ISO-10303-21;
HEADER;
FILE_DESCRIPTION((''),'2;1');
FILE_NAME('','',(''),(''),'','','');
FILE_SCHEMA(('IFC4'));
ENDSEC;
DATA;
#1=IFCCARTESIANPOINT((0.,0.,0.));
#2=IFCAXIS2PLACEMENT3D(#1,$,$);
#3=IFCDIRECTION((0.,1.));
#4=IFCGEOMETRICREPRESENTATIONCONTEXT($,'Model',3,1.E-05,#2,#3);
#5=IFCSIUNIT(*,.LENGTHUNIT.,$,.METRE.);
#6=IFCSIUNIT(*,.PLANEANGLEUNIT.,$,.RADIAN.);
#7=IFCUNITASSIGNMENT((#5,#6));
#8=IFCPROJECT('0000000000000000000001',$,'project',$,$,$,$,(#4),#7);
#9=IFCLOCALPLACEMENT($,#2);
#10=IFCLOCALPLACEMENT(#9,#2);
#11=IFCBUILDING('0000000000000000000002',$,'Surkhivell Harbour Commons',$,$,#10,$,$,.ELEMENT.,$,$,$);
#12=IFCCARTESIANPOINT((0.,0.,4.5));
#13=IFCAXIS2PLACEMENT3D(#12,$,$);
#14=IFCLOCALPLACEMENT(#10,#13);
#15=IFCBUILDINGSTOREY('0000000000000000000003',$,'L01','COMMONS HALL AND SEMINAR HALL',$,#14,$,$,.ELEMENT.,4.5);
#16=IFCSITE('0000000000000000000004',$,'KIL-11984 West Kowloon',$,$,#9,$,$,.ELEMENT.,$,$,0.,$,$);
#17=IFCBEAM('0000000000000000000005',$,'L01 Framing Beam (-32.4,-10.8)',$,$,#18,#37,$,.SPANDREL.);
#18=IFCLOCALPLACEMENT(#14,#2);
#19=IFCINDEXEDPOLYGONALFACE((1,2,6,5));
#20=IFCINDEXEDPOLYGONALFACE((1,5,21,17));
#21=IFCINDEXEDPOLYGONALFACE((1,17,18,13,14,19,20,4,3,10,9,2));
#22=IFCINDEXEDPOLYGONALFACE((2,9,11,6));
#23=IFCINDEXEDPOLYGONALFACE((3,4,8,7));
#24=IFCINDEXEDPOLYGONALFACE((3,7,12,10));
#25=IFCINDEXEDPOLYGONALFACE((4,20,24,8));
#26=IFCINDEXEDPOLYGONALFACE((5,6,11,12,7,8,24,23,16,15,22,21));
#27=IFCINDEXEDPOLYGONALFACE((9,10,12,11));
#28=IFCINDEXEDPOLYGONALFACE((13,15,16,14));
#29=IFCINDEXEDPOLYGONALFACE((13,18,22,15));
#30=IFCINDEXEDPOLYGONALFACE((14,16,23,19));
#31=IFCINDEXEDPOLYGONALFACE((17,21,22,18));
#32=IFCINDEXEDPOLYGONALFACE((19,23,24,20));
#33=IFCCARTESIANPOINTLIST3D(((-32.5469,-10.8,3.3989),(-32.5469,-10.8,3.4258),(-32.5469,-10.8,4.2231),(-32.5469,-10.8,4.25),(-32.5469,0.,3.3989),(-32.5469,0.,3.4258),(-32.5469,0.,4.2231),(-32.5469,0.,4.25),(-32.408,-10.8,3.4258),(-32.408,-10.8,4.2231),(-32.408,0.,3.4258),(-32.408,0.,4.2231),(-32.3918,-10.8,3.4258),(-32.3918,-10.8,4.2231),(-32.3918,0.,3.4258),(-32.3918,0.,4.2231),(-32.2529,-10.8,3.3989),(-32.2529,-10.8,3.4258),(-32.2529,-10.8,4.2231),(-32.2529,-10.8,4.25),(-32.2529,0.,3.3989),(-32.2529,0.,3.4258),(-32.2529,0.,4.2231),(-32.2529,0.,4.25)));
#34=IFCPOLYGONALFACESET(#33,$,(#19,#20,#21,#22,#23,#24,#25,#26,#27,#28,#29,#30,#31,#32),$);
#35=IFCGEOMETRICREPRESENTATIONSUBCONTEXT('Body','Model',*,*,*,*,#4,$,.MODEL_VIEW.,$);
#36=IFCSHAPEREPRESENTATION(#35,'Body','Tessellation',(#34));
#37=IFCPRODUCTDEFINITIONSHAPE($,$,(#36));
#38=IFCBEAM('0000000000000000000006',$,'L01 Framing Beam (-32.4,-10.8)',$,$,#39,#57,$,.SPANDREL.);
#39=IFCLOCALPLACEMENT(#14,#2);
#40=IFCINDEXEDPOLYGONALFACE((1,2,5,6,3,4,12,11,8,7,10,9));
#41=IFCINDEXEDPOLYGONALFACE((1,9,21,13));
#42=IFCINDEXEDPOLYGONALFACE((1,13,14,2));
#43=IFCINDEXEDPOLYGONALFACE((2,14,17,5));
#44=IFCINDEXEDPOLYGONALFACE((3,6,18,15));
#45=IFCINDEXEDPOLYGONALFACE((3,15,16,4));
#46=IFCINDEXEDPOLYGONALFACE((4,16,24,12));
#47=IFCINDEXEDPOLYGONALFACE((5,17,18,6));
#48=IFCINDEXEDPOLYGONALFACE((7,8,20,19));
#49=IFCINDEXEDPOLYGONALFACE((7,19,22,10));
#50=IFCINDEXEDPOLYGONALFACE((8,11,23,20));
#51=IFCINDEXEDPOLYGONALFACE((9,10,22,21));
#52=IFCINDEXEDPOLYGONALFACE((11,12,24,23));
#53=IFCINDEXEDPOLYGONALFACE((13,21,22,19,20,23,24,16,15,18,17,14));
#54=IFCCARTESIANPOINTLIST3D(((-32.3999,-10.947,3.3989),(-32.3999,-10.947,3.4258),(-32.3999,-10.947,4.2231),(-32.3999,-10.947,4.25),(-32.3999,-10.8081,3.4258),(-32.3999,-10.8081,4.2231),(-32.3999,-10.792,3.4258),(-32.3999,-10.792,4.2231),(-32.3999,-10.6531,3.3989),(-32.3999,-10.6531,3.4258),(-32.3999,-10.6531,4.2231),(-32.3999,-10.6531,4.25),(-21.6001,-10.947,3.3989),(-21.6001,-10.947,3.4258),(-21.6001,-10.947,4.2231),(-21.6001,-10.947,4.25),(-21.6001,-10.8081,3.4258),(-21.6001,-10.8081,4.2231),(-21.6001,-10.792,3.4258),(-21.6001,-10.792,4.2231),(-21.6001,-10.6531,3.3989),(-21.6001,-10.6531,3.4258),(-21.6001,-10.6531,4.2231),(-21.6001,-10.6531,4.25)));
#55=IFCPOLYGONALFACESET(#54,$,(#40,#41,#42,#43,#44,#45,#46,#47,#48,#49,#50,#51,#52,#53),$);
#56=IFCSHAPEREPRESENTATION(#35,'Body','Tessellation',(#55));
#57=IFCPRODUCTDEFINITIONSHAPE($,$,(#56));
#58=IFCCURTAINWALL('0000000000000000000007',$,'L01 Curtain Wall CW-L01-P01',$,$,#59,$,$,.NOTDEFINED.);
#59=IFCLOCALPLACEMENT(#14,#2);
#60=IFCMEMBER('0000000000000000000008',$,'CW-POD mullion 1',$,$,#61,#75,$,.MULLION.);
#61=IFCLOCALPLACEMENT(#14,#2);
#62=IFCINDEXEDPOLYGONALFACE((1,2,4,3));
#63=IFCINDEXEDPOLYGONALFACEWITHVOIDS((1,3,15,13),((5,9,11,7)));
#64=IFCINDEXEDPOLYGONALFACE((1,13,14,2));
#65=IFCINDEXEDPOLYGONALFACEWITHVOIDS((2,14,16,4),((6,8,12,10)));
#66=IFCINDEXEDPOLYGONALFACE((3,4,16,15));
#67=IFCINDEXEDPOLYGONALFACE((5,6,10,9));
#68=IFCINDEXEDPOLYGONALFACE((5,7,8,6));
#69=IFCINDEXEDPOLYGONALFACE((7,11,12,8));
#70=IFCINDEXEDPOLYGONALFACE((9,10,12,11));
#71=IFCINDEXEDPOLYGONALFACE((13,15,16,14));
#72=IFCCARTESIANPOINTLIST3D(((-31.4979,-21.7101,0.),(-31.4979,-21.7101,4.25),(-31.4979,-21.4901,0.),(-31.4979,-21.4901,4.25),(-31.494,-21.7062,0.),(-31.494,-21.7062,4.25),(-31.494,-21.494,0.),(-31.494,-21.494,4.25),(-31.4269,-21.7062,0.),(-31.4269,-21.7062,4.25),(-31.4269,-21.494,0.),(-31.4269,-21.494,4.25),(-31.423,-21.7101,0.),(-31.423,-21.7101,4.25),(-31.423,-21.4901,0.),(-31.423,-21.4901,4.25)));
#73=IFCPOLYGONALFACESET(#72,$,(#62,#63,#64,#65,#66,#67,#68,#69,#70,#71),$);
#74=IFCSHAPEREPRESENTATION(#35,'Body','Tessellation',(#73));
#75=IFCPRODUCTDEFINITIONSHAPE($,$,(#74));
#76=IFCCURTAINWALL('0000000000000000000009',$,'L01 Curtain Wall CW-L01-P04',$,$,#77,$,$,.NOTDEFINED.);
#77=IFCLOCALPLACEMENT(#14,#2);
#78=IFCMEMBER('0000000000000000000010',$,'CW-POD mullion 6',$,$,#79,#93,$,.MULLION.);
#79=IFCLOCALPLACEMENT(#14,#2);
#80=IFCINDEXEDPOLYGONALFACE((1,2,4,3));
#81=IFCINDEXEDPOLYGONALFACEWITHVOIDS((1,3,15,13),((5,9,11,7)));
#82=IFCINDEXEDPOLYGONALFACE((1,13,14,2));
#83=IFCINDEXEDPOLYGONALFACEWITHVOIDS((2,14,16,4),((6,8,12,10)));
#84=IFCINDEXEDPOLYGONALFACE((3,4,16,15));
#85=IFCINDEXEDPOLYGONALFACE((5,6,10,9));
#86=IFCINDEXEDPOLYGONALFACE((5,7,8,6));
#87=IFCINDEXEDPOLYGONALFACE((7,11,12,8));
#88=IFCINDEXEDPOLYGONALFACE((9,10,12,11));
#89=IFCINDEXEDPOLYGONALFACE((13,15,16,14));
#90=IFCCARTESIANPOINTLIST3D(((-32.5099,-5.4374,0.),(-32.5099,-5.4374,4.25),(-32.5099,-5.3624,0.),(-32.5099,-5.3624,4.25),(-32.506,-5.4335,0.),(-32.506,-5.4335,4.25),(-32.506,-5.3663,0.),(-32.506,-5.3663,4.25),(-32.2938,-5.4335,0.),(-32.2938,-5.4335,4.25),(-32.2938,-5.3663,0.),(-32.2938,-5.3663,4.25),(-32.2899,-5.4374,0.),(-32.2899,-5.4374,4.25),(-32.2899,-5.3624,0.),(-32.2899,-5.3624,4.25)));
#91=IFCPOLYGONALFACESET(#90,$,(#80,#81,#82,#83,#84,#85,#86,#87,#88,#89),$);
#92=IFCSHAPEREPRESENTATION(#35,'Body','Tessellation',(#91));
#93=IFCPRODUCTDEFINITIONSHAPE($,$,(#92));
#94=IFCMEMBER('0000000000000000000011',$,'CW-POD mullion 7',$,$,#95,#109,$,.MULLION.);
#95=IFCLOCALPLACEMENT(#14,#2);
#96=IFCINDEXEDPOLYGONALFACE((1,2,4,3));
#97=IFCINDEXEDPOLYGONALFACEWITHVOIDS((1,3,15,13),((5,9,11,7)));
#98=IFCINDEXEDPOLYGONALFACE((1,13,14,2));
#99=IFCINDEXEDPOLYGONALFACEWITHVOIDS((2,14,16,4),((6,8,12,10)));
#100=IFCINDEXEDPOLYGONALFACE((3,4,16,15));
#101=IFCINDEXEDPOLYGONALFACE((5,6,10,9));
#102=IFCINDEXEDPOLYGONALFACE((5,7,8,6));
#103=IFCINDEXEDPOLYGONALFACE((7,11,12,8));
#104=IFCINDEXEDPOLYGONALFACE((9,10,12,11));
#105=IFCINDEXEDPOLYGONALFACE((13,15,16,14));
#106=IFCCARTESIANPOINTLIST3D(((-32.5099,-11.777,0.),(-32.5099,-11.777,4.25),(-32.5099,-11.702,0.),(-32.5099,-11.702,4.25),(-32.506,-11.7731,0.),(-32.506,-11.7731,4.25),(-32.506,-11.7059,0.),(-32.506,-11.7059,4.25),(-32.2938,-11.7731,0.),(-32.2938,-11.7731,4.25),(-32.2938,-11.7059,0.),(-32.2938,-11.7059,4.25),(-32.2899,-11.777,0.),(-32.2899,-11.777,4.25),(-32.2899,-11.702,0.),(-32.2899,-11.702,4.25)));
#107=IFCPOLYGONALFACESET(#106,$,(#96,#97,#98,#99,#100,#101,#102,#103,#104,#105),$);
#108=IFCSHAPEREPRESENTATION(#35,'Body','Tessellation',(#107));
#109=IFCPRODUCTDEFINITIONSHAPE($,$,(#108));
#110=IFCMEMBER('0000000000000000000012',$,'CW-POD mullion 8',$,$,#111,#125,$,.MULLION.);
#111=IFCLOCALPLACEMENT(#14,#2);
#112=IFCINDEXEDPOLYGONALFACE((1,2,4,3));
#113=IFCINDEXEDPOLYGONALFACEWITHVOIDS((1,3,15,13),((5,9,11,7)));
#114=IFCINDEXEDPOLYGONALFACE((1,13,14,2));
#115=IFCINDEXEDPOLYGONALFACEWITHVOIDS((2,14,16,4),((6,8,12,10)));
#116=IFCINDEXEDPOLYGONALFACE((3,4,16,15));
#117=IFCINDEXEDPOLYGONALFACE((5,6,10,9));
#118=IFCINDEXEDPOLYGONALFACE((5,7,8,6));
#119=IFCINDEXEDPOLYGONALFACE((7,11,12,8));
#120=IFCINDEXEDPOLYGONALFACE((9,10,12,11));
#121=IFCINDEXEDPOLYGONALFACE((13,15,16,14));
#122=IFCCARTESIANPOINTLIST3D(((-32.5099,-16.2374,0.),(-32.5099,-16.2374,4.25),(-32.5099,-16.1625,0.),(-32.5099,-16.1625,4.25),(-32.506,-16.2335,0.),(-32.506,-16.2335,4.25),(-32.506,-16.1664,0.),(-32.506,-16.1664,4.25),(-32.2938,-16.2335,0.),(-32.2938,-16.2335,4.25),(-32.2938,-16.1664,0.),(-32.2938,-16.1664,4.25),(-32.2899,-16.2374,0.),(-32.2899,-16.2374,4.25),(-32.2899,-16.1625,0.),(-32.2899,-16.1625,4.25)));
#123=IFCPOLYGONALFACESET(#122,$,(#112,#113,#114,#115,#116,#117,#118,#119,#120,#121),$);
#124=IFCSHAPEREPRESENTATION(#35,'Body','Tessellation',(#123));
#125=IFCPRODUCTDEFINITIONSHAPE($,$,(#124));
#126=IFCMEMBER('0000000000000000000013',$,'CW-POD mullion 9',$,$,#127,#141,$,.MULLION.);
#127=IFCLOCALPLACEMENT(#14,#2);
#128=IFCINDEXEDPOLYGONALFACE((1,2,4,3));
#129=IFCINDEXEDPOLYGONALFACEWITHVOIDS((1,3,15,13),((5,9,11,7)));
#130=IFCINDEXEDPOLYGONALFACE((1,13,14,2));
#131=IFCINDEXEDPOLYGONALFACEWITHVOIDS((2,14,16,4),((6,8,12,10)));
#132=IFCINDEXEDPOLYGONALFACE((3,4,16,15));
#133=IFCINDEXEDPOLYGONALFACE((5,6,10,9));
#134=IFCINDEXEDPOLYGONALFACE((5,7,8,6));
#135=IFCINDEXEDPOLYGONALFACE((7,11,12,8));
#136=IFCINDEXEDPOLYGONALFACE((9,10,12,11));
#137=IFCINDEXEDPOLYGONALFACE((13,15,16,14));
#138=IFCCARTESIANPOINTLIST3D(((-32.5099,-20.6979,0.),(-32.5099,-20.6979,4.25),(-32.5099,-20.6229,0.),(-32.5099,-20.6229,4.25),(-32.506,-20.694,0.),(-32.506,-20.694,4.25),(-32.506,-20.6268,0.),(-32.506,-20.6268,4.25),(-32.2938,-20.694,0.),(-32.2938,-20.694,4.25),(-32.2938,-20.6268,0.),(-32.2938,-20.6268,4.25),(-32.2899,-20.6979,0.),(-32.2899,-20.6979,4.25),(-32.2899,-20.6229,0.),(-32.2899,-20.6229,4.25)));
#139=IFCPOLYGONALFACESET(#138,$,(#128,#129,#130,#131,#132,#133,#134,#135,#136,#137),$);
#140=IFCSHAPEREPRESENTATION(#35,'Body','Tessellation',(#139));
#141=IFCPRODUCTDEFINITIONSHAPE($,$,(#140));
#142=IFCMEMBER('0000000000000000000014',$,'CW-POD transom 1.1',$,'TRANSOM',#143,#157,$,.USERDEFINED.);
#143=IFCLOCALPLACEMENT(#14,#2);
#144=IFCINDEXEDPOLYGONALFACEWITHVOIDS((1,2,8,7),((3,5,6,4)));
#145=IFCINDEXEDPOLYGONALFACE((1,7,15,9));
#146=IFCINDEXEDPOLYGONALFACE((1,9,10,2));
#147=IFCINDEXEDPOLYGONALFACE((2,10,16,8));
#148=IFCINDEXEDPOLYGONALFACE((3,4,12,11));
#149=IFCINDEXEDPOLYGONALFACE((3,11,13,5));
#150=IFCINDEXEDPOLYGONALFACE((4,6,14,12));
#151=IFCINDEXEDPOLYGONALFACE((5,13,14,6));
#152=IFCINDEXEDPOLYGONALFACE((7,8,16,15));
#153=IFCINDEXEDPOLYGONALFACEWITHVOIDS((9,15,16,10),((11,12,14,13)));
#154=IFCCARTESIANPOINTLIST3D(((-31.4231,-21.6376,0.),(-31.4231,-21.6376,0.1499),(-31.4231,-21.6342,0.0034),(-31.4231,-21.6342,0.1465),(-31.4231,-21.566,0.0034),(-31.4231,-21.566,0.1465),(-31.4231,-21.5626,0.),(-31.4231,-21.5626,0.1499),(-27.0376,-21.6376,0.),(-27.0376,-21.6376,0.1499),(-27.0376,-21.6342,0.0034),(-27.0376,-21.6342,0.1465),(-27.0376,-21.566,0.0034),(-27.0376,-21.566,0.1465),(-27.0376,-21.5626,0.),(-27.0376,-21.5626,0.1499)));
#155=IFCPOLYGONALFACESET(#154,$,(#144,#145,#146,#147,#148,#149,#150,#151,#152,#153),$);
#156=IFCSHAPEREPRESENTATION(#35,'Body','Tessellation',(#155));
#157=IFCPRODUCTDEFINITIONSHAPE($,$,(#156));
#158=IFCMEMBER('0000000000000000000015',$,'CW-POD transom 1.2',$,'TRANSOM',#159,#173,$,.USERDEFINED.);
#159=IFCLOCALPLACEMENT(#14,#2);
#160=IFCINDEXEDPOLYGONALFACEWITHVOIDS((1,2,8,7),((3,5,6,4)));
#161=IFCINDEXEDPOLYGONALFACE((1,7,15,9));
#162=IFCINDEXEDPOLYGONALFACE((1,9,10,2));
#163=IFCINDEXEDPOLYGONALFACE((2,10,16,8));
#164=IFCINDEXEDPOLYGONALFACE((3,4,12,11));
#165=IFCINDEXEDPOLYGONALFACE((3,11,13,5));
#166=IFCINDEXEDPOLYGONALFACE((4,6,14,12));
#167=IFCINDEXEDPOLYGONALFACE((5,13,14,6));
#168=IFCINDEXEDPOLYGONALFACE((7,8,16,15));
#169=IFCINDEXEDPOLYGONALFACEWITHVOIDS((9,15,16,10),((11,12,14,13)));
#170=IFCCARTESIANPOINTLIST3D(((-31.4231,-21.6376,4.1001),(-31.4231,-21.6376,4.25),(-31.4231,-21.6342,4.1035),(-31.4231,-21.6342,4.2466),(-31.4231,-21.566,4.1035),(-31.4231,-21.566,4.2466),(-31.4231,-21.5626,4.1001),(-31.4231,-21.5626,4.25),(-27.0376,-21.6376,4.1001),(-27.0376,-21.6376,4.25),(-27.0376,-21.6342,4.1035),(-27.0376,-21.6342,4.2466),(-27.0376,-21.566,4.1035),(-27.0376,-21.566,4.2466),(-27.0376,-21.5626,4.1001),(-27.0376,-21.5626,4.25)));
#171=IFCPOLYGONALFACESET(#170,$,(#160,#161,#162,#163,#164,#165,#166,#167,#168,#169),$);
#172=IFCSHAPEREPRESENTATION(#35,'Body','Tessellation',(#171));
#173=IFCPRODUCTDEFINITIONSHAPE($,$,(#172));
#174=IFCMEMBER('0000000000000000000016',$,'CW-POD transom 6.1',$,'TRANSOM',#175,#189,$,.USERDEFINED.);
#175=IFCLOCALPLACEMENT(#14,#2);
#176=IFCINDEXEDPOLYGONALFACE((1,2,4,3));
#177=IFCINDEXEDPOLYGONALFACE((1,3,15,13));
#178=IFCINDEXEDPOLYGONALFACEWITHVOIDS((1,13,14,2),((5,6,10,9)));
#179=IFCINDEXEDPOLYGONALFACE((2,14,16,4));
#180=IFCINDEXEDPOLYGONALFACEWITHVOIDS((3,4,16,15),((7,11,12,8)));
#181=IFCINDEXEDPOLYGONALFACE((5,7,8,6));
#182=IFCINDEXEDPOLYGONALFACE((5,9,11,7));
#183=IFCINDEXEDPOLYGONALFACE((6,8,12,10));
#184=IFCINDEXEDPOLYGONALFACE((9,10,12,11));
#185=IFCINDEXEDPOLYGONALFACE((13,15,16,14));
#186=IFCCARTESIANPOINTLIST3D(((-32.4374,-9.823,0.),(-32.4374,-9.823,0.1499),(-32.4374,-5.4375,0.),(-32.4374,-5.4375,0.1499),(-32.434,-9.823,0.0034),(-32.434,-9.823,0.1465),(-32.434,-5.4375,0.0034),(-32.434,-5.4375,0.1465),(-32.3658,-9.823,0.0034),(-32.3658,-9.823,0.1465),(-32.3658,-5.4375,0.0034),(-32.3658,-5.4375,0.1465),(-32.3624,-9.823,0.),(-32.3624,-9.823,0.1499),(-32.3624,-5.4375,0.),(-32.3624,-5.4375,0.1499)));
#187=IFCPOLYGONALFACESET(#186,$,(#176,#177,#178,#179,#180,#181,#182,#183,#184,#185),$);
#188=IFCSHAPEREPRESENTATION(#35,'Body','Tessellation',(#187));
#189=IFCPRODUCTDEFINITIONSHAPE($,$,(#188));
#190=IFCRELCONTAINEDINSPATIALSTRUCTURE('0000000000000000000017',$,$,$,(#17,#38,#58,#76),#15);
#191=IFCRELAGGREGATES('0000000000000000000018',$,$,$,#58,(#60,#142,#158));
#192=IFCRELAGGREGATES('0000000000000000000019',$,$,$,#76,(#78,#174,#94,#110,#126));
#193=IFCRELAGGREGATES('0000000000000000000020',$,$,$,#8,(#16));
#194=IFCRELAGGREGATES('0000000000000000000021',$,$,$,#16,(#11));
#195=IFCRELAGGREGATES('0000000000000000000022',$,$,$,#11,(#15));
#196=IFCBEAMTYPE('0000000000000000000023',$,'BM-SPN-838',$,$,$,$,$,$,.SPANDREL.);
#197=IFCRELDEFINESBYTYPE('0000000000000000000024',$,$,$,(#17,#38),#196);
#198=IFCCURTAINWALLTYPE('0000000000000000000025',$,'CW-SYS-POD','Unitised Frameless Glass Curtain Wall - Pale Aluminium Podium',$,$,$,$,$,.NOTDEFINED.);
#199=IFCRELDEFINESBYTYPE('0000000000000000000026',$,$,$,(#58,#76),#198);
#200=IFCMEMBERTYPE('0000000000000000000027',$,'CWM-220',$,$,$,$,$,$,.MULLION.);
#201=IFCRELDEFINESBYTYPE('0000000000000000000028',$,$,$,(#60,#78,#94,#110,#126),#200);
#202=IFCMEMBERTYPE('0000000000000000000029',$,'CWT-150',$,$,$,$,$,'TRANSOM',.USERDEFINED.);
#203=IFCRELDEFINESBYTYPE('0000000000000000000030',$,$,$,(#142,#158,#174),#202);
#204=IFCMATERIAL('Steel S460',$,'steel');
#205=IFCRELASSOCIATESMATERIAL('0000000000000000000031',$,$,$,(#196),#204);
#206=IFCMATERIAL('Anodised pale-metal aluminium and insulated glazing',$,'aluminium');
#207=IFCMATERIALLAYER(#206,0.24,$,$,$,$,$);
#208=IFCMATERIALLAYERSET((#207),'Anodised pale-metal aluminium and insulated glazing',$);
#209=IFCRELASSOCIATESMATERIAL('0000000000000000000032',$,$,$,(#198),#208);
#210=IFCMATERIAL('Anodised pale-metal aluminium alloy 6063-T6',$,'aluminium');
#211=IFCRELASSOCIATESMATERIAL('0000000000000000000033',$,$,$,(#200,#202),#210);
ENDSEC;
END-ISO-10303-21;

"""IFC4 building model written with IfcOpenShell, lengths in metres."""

from ifc_helpers import new_model, si_unit, direction, frame, origin, origin_2d, place, context, subcontext, project, spatial, hollow_rectangle, i_section, extrude, material, layer, layer_set, material_profile, profile_set, type_object, element, aggregate, save


model = new_model("IFC4")

# Units and contexts
model_context = context("Model", 3, precision=1e-05, world=origin(), true_north=direction((0.0, 1.0)))
body_context = subcontext(model_context, "Body", "Model", "MODEL_VIEW")
ifc_project = project(units=[si_unit("LENGTHUNIT", "METRE"), si_unit("PLANEANGLEUNIT", "RADIAN")], contexts=[model_context])

# Site, building, storey
site_placement = place(None, origin())
site = spatial("IfcSite", under=ifc_project, at=site_placement, Name="KIL-11984 West Kowloon", CompositionType="ELEMENT", RefElevation=0.0)
building_placement = place(site_placement, origin())
building = spatial("IfcBuilding", under=site, at=building_placement, Name="Surkhivell Harbour Commons", CompositionType="ELEMENT")
storey_placement = place(building_placement, frame((0.0, 0.0, 4.5)))
storey = spatial("IfcBuildingStorey", under=building, at=storey_placement, Name="L01", Description="COMMONS HALL AND SEMINAR HALL", CompositionType="ELEMENT", Elevation=4.5)

# Beams
ifc_material_1 = material(Name="Steel S460", Category="steel")
ifc_material_profile_1 = material_profile(ifc_material_1, i_section(OverallWidth=0.2939, OverallDepth=0.8511, WebThickness=0.0161, FlangeThickness=0.0269, at=origin_2d()), Name="UB838x292x226")
ifc_profile_set_1 = profile_set([ifc_material_profile_1], Name="Steel S460")
beam_type = type_object("IfcBeamType", Name="BM-SPN-838", PredefinedType="SPANDREL", material=ifc_profile_set_1)
beam_1_placement = place(storey_placement, frame((-32.3999, -10.8, 3.8245), z_axis=(0.0, 1.0, 0.0), x_axis=(-1.0, 0.0, 0.0)))
element("IfcBeam", 1, at=beam_1_placement, inside=storey, type_object=beam_type, Name="L01 Framing Beam (-32.4,-10.8)", PredefinedType="SPANDREL", context=body_context, shape_type="SweptSolid", body=[
    extrude(i_section(OverallWidth=0.2939, OverallDepth=0.8511, WebThickness=0.0161, FlangeThickness=0.0269, at=origin_2d()), origin(), (0.0, 0.0, 1.0), 10.8),
])
beam_2_placement = place(storey_placement, frame((-32.3999, -10.8, 3.8245), z_axis=(1.0, 0.0, 0.0), x_axis=(0.0, 1.0, 0.0)))
element("IfcBeam", 2, at=beam_2_placement, inside=storey, type_object=beam_type, Name="L01 Framing Beam (-32.4,-10.8)", PredefinedType="SPANDREL", context=body_context, shape_type="SweptSolid", body=[
    extrude(i_section(OverallWidth=0.2939, OverallDepth=0.8511, WebThickness=0.0161, FlangeThickness=0.0269, at=origin_2d()), origin(), (0.0, 0.0, 1.0), 10.7998),
])

# Curtain wall, member
ifc_material_2 = material(Name="Anodised pale-metal aluminium and insulated glazing", Category="aluminium")
ifc_layer_1 = layer(ifc_material_2, 0.24)
ifc_layer_set_1 = layer_set([ifc_layer_1], Name="Anodised pale-metal aluminium and insulated glazing")
curtain_wall_type = type_object("IfcCurtainWallType", Name="CW-SYS-POD", Description="Unitised Frameless Glass Curtain Wall - Pale Aluminium Podium", PredefinedType="NOTDEFINED", material=ifc_layer_set_1)
curtain_wall_1_placement = place(storey_placement, origin())
curtain_wall_1 = element("IfcCurtainWall", 3, at=curtain_wall_1_placement, inside=storey, type_object=curtain_wall_type, Name="L01 Curtain Wall CW-L01-P01", PredefinedType="NOTDEFINED")
ifc_material_3 = material(Name="Anodised pale-metal aluminium alloy 6063-T6", Category="aluminium")
ifc_material_profile_2 = material_profile(ifc_material_3, hollow_rectangle(XDim=0.075, YDim=0.22, WallThickness=0.0039, at=origin_2d()), Name="ALU-MULL-75x220")
ifc_profile_set_2 = profile_set([ifc_material_profile_2], Name="Anodised pale-metal aluminium alloy 6063-T6")
member_type_1 = type_object("IfcMemberType", Name="CWM-220", PredefinedType="MULLION", material=ifc_profile_set_2)
member_1_placement = place(storey_placement, frame((-31.4604, -21.6001, 0.0), z_axis=(0.0, 0.0, 1.0), x_axis=(1.0, 0.0, 0.0)))
member_1 = element("IfcMember", 4, at=member_1_placement, type_object=member_type_1, Name="CW-POD mullion 1", PredefinedType="MULLION", context=body_context, shape_type="SweptSolid", body=[
    extrude(hollow_rectangle(XDim=0.075, YDim=0.22, WallThickness=0.0039, at=origin_2d()), origin(), (0.0, 0.0, 1.0), 4.25),
])

# Curtain wall, members
curtain_wall_2_placement = place(storey_placement, origin())
curtain_wall_2 = element("IfcCurtainWall", 5, at=curtain_wall_2_placement, inside=storey, type_object=curtain_wall_type, Name="L01 Curtain Wall CW-L01-P04", PredefinedType="NOTDEFINED")
member_2_placement = place(storey_placement, frame((-32.3999, -5.3999, 0.0), z_axis=(0.0, 0.0, 1.0), x_axis=(0.0, -1.0, 0.0)))
member_2 = element("IfcMember", 6, at=member_2_placement, type_object=member_type_1, Name="CW-POD mullion 6", PredefinedType="MULLION", context=body_context, shape_type="SweptSolid", body=[
    extrude(hollow_rectangle(XDim=0.075, YDim=0.22, WallThickness=0.0039, at=origin_2d()), origin(), (0.0, 0.0, 1.0), 4.25),
])
member_3_placement = place(storey_placement, frame((-32.3999, -11.7395, 0.0), z_axis=(0.0, 0.0, 1.0), x_axis=(0.0, -1.0, 0.0)))
member_3 = element("IfcMember", 7, at=member_3_placement, type_object=member_type_1, Name="CW-POD mullion 7", PredefinedType="MULLION", context=body_context, shape_type="SweptSolid", body=[
    extrude(hollow_rectangle(XDim=0.075, YDim=0.22, WallThickness=0.0039, at=origin_2d()), origin(), (0.0, 0.0, 1.0), 4.25),
])
member_4_placement = place(storey_placement, frame((-32.3999, -16.2, 0.0), z_axis=(0.0, 0.0, 1.0), x_axis=(0.0, -1.0, 0.0)))
member_4 = element("IfcMember", 8, at=member_4_placement, type_object=member_type_1, Name="CW-POD mullion 8", PredefinedType="MULLION", context=body_context, shape_type="SweptSolid", body=[
    extrude(hollow_rectangle(XDim=0.075, YDim=0.22, WallThickness=0.0039, at=origin_2d()), origin(), (0.0, 0.0, 1.0), 4.25),
])
member_5_placement = place(storey_placement, frame((-32.3999, -20.6604, 0.0), z_axis=(0.0, 0.0, 1.0), x_axis=(0.0, -1.0, 0.0)))
member_5 = element("IfcMember", 9, at=member_5_placement, type_object=member_type_1, Name="CW-POD mullion 9", PredefinedType="MULLION", context=body_context, shape_type="SweptSolid", body=[
    extrude(hollow_rectangle(XDim=0.075, YDim=0.22, WallThickness=0.0039, at=origin_2d()), origin(), (0.0, 0.0, 1.0), 4.25),
])

# Members
ifc_material_profile_3 = material_profile(ifc_material_3, hollow_rectangle(XDim=0.075, YDim=0.1499, WallThickness=0.0034, at=origin_2d()), Name="ALU-TRAN-75x150")
ifc_profile_set_3 = profile_set([ifc_material_profile_3], Name="Anodised pale-metal aluminium alloy 6063-T6")
member_type_2 = type_object("IfcMemberType", Name="CWT-150", ElementType="TRANSOM", PredefinedType="USERDEFINED", material=ifc_profile_set_3)
member_6_placement = place(storey_placement, frame((-31.4231, -21.6001, 0.075), z_axis=(1.0, 0.0, 0.0), x_axis=(0.0, 1.0, 0.0)))
member_6 = element("IfcMember", 10, at=member_6_placement, type_object=member_type_2, Name="CW-POD transom 1.1", ObjectType="TRANSOM", PredefinedType="USERDEFINED", context=body_context, shape_type="SweptSolid", body=[
    extrude(hollow_rectangle(XDim=0.075, YDim=0.1499, WallThickness=0.0034, at=origin_2d()), origin(), (0.0, 0.0, 1.0), 4.3855),
])
member_7_placement = place(storey_placement, frame((-31.4231, -21.6001, 4.175), z_axis=(1.0, 0.0, 0.0), x_axis=(0.0, 1.0, 0.0)))
member_7 = element("IfcMember", 11, at=member_7_placement, type_object=member_type_2, Name="CW-POD transom 1.2", ObjectType="TRANSOM", PredefinedType="USERDEFINED", context=body_context, shape_type="SweptSolid", body=[
    extrude(hollow_rectangle(XDim=0.075, YDim=0.1499, WallThickness=0.0034, at=origin_2d()), origin(), (0.0, 0.0, 1.0), 4.3855),
])
aggregate(curtain_wall_1, [member_1, member_6, member_7])
member_8_placement = place(storey_placement, frame((-32.3999, -5.4375, 0.075), z_axis=(0.0, -1.0, 0.0), x_axis=(1.0, 0.0, 0.0)))
member_8 = element("IfcMember", 12, at=member_8_placement, type_object=member_type_2, Name="CW-POD transom 6.1", ObjectType="TRANSOM", PredefinedType="USERDEFINED", context=body_context, shape_type="SweptSolid", body=[
    extrude(hollow_rectangle(XDim=0.075, YDim=0.1499, WallThickness=0.0034, at=origin_2d()), origin(), (0.0, 0.0, 1.0), 4.3855),
])

aggregate(curtain_wall_2, [member_2, member_8, member_3, member_4, member_5])

save(model, "model.ifc")
